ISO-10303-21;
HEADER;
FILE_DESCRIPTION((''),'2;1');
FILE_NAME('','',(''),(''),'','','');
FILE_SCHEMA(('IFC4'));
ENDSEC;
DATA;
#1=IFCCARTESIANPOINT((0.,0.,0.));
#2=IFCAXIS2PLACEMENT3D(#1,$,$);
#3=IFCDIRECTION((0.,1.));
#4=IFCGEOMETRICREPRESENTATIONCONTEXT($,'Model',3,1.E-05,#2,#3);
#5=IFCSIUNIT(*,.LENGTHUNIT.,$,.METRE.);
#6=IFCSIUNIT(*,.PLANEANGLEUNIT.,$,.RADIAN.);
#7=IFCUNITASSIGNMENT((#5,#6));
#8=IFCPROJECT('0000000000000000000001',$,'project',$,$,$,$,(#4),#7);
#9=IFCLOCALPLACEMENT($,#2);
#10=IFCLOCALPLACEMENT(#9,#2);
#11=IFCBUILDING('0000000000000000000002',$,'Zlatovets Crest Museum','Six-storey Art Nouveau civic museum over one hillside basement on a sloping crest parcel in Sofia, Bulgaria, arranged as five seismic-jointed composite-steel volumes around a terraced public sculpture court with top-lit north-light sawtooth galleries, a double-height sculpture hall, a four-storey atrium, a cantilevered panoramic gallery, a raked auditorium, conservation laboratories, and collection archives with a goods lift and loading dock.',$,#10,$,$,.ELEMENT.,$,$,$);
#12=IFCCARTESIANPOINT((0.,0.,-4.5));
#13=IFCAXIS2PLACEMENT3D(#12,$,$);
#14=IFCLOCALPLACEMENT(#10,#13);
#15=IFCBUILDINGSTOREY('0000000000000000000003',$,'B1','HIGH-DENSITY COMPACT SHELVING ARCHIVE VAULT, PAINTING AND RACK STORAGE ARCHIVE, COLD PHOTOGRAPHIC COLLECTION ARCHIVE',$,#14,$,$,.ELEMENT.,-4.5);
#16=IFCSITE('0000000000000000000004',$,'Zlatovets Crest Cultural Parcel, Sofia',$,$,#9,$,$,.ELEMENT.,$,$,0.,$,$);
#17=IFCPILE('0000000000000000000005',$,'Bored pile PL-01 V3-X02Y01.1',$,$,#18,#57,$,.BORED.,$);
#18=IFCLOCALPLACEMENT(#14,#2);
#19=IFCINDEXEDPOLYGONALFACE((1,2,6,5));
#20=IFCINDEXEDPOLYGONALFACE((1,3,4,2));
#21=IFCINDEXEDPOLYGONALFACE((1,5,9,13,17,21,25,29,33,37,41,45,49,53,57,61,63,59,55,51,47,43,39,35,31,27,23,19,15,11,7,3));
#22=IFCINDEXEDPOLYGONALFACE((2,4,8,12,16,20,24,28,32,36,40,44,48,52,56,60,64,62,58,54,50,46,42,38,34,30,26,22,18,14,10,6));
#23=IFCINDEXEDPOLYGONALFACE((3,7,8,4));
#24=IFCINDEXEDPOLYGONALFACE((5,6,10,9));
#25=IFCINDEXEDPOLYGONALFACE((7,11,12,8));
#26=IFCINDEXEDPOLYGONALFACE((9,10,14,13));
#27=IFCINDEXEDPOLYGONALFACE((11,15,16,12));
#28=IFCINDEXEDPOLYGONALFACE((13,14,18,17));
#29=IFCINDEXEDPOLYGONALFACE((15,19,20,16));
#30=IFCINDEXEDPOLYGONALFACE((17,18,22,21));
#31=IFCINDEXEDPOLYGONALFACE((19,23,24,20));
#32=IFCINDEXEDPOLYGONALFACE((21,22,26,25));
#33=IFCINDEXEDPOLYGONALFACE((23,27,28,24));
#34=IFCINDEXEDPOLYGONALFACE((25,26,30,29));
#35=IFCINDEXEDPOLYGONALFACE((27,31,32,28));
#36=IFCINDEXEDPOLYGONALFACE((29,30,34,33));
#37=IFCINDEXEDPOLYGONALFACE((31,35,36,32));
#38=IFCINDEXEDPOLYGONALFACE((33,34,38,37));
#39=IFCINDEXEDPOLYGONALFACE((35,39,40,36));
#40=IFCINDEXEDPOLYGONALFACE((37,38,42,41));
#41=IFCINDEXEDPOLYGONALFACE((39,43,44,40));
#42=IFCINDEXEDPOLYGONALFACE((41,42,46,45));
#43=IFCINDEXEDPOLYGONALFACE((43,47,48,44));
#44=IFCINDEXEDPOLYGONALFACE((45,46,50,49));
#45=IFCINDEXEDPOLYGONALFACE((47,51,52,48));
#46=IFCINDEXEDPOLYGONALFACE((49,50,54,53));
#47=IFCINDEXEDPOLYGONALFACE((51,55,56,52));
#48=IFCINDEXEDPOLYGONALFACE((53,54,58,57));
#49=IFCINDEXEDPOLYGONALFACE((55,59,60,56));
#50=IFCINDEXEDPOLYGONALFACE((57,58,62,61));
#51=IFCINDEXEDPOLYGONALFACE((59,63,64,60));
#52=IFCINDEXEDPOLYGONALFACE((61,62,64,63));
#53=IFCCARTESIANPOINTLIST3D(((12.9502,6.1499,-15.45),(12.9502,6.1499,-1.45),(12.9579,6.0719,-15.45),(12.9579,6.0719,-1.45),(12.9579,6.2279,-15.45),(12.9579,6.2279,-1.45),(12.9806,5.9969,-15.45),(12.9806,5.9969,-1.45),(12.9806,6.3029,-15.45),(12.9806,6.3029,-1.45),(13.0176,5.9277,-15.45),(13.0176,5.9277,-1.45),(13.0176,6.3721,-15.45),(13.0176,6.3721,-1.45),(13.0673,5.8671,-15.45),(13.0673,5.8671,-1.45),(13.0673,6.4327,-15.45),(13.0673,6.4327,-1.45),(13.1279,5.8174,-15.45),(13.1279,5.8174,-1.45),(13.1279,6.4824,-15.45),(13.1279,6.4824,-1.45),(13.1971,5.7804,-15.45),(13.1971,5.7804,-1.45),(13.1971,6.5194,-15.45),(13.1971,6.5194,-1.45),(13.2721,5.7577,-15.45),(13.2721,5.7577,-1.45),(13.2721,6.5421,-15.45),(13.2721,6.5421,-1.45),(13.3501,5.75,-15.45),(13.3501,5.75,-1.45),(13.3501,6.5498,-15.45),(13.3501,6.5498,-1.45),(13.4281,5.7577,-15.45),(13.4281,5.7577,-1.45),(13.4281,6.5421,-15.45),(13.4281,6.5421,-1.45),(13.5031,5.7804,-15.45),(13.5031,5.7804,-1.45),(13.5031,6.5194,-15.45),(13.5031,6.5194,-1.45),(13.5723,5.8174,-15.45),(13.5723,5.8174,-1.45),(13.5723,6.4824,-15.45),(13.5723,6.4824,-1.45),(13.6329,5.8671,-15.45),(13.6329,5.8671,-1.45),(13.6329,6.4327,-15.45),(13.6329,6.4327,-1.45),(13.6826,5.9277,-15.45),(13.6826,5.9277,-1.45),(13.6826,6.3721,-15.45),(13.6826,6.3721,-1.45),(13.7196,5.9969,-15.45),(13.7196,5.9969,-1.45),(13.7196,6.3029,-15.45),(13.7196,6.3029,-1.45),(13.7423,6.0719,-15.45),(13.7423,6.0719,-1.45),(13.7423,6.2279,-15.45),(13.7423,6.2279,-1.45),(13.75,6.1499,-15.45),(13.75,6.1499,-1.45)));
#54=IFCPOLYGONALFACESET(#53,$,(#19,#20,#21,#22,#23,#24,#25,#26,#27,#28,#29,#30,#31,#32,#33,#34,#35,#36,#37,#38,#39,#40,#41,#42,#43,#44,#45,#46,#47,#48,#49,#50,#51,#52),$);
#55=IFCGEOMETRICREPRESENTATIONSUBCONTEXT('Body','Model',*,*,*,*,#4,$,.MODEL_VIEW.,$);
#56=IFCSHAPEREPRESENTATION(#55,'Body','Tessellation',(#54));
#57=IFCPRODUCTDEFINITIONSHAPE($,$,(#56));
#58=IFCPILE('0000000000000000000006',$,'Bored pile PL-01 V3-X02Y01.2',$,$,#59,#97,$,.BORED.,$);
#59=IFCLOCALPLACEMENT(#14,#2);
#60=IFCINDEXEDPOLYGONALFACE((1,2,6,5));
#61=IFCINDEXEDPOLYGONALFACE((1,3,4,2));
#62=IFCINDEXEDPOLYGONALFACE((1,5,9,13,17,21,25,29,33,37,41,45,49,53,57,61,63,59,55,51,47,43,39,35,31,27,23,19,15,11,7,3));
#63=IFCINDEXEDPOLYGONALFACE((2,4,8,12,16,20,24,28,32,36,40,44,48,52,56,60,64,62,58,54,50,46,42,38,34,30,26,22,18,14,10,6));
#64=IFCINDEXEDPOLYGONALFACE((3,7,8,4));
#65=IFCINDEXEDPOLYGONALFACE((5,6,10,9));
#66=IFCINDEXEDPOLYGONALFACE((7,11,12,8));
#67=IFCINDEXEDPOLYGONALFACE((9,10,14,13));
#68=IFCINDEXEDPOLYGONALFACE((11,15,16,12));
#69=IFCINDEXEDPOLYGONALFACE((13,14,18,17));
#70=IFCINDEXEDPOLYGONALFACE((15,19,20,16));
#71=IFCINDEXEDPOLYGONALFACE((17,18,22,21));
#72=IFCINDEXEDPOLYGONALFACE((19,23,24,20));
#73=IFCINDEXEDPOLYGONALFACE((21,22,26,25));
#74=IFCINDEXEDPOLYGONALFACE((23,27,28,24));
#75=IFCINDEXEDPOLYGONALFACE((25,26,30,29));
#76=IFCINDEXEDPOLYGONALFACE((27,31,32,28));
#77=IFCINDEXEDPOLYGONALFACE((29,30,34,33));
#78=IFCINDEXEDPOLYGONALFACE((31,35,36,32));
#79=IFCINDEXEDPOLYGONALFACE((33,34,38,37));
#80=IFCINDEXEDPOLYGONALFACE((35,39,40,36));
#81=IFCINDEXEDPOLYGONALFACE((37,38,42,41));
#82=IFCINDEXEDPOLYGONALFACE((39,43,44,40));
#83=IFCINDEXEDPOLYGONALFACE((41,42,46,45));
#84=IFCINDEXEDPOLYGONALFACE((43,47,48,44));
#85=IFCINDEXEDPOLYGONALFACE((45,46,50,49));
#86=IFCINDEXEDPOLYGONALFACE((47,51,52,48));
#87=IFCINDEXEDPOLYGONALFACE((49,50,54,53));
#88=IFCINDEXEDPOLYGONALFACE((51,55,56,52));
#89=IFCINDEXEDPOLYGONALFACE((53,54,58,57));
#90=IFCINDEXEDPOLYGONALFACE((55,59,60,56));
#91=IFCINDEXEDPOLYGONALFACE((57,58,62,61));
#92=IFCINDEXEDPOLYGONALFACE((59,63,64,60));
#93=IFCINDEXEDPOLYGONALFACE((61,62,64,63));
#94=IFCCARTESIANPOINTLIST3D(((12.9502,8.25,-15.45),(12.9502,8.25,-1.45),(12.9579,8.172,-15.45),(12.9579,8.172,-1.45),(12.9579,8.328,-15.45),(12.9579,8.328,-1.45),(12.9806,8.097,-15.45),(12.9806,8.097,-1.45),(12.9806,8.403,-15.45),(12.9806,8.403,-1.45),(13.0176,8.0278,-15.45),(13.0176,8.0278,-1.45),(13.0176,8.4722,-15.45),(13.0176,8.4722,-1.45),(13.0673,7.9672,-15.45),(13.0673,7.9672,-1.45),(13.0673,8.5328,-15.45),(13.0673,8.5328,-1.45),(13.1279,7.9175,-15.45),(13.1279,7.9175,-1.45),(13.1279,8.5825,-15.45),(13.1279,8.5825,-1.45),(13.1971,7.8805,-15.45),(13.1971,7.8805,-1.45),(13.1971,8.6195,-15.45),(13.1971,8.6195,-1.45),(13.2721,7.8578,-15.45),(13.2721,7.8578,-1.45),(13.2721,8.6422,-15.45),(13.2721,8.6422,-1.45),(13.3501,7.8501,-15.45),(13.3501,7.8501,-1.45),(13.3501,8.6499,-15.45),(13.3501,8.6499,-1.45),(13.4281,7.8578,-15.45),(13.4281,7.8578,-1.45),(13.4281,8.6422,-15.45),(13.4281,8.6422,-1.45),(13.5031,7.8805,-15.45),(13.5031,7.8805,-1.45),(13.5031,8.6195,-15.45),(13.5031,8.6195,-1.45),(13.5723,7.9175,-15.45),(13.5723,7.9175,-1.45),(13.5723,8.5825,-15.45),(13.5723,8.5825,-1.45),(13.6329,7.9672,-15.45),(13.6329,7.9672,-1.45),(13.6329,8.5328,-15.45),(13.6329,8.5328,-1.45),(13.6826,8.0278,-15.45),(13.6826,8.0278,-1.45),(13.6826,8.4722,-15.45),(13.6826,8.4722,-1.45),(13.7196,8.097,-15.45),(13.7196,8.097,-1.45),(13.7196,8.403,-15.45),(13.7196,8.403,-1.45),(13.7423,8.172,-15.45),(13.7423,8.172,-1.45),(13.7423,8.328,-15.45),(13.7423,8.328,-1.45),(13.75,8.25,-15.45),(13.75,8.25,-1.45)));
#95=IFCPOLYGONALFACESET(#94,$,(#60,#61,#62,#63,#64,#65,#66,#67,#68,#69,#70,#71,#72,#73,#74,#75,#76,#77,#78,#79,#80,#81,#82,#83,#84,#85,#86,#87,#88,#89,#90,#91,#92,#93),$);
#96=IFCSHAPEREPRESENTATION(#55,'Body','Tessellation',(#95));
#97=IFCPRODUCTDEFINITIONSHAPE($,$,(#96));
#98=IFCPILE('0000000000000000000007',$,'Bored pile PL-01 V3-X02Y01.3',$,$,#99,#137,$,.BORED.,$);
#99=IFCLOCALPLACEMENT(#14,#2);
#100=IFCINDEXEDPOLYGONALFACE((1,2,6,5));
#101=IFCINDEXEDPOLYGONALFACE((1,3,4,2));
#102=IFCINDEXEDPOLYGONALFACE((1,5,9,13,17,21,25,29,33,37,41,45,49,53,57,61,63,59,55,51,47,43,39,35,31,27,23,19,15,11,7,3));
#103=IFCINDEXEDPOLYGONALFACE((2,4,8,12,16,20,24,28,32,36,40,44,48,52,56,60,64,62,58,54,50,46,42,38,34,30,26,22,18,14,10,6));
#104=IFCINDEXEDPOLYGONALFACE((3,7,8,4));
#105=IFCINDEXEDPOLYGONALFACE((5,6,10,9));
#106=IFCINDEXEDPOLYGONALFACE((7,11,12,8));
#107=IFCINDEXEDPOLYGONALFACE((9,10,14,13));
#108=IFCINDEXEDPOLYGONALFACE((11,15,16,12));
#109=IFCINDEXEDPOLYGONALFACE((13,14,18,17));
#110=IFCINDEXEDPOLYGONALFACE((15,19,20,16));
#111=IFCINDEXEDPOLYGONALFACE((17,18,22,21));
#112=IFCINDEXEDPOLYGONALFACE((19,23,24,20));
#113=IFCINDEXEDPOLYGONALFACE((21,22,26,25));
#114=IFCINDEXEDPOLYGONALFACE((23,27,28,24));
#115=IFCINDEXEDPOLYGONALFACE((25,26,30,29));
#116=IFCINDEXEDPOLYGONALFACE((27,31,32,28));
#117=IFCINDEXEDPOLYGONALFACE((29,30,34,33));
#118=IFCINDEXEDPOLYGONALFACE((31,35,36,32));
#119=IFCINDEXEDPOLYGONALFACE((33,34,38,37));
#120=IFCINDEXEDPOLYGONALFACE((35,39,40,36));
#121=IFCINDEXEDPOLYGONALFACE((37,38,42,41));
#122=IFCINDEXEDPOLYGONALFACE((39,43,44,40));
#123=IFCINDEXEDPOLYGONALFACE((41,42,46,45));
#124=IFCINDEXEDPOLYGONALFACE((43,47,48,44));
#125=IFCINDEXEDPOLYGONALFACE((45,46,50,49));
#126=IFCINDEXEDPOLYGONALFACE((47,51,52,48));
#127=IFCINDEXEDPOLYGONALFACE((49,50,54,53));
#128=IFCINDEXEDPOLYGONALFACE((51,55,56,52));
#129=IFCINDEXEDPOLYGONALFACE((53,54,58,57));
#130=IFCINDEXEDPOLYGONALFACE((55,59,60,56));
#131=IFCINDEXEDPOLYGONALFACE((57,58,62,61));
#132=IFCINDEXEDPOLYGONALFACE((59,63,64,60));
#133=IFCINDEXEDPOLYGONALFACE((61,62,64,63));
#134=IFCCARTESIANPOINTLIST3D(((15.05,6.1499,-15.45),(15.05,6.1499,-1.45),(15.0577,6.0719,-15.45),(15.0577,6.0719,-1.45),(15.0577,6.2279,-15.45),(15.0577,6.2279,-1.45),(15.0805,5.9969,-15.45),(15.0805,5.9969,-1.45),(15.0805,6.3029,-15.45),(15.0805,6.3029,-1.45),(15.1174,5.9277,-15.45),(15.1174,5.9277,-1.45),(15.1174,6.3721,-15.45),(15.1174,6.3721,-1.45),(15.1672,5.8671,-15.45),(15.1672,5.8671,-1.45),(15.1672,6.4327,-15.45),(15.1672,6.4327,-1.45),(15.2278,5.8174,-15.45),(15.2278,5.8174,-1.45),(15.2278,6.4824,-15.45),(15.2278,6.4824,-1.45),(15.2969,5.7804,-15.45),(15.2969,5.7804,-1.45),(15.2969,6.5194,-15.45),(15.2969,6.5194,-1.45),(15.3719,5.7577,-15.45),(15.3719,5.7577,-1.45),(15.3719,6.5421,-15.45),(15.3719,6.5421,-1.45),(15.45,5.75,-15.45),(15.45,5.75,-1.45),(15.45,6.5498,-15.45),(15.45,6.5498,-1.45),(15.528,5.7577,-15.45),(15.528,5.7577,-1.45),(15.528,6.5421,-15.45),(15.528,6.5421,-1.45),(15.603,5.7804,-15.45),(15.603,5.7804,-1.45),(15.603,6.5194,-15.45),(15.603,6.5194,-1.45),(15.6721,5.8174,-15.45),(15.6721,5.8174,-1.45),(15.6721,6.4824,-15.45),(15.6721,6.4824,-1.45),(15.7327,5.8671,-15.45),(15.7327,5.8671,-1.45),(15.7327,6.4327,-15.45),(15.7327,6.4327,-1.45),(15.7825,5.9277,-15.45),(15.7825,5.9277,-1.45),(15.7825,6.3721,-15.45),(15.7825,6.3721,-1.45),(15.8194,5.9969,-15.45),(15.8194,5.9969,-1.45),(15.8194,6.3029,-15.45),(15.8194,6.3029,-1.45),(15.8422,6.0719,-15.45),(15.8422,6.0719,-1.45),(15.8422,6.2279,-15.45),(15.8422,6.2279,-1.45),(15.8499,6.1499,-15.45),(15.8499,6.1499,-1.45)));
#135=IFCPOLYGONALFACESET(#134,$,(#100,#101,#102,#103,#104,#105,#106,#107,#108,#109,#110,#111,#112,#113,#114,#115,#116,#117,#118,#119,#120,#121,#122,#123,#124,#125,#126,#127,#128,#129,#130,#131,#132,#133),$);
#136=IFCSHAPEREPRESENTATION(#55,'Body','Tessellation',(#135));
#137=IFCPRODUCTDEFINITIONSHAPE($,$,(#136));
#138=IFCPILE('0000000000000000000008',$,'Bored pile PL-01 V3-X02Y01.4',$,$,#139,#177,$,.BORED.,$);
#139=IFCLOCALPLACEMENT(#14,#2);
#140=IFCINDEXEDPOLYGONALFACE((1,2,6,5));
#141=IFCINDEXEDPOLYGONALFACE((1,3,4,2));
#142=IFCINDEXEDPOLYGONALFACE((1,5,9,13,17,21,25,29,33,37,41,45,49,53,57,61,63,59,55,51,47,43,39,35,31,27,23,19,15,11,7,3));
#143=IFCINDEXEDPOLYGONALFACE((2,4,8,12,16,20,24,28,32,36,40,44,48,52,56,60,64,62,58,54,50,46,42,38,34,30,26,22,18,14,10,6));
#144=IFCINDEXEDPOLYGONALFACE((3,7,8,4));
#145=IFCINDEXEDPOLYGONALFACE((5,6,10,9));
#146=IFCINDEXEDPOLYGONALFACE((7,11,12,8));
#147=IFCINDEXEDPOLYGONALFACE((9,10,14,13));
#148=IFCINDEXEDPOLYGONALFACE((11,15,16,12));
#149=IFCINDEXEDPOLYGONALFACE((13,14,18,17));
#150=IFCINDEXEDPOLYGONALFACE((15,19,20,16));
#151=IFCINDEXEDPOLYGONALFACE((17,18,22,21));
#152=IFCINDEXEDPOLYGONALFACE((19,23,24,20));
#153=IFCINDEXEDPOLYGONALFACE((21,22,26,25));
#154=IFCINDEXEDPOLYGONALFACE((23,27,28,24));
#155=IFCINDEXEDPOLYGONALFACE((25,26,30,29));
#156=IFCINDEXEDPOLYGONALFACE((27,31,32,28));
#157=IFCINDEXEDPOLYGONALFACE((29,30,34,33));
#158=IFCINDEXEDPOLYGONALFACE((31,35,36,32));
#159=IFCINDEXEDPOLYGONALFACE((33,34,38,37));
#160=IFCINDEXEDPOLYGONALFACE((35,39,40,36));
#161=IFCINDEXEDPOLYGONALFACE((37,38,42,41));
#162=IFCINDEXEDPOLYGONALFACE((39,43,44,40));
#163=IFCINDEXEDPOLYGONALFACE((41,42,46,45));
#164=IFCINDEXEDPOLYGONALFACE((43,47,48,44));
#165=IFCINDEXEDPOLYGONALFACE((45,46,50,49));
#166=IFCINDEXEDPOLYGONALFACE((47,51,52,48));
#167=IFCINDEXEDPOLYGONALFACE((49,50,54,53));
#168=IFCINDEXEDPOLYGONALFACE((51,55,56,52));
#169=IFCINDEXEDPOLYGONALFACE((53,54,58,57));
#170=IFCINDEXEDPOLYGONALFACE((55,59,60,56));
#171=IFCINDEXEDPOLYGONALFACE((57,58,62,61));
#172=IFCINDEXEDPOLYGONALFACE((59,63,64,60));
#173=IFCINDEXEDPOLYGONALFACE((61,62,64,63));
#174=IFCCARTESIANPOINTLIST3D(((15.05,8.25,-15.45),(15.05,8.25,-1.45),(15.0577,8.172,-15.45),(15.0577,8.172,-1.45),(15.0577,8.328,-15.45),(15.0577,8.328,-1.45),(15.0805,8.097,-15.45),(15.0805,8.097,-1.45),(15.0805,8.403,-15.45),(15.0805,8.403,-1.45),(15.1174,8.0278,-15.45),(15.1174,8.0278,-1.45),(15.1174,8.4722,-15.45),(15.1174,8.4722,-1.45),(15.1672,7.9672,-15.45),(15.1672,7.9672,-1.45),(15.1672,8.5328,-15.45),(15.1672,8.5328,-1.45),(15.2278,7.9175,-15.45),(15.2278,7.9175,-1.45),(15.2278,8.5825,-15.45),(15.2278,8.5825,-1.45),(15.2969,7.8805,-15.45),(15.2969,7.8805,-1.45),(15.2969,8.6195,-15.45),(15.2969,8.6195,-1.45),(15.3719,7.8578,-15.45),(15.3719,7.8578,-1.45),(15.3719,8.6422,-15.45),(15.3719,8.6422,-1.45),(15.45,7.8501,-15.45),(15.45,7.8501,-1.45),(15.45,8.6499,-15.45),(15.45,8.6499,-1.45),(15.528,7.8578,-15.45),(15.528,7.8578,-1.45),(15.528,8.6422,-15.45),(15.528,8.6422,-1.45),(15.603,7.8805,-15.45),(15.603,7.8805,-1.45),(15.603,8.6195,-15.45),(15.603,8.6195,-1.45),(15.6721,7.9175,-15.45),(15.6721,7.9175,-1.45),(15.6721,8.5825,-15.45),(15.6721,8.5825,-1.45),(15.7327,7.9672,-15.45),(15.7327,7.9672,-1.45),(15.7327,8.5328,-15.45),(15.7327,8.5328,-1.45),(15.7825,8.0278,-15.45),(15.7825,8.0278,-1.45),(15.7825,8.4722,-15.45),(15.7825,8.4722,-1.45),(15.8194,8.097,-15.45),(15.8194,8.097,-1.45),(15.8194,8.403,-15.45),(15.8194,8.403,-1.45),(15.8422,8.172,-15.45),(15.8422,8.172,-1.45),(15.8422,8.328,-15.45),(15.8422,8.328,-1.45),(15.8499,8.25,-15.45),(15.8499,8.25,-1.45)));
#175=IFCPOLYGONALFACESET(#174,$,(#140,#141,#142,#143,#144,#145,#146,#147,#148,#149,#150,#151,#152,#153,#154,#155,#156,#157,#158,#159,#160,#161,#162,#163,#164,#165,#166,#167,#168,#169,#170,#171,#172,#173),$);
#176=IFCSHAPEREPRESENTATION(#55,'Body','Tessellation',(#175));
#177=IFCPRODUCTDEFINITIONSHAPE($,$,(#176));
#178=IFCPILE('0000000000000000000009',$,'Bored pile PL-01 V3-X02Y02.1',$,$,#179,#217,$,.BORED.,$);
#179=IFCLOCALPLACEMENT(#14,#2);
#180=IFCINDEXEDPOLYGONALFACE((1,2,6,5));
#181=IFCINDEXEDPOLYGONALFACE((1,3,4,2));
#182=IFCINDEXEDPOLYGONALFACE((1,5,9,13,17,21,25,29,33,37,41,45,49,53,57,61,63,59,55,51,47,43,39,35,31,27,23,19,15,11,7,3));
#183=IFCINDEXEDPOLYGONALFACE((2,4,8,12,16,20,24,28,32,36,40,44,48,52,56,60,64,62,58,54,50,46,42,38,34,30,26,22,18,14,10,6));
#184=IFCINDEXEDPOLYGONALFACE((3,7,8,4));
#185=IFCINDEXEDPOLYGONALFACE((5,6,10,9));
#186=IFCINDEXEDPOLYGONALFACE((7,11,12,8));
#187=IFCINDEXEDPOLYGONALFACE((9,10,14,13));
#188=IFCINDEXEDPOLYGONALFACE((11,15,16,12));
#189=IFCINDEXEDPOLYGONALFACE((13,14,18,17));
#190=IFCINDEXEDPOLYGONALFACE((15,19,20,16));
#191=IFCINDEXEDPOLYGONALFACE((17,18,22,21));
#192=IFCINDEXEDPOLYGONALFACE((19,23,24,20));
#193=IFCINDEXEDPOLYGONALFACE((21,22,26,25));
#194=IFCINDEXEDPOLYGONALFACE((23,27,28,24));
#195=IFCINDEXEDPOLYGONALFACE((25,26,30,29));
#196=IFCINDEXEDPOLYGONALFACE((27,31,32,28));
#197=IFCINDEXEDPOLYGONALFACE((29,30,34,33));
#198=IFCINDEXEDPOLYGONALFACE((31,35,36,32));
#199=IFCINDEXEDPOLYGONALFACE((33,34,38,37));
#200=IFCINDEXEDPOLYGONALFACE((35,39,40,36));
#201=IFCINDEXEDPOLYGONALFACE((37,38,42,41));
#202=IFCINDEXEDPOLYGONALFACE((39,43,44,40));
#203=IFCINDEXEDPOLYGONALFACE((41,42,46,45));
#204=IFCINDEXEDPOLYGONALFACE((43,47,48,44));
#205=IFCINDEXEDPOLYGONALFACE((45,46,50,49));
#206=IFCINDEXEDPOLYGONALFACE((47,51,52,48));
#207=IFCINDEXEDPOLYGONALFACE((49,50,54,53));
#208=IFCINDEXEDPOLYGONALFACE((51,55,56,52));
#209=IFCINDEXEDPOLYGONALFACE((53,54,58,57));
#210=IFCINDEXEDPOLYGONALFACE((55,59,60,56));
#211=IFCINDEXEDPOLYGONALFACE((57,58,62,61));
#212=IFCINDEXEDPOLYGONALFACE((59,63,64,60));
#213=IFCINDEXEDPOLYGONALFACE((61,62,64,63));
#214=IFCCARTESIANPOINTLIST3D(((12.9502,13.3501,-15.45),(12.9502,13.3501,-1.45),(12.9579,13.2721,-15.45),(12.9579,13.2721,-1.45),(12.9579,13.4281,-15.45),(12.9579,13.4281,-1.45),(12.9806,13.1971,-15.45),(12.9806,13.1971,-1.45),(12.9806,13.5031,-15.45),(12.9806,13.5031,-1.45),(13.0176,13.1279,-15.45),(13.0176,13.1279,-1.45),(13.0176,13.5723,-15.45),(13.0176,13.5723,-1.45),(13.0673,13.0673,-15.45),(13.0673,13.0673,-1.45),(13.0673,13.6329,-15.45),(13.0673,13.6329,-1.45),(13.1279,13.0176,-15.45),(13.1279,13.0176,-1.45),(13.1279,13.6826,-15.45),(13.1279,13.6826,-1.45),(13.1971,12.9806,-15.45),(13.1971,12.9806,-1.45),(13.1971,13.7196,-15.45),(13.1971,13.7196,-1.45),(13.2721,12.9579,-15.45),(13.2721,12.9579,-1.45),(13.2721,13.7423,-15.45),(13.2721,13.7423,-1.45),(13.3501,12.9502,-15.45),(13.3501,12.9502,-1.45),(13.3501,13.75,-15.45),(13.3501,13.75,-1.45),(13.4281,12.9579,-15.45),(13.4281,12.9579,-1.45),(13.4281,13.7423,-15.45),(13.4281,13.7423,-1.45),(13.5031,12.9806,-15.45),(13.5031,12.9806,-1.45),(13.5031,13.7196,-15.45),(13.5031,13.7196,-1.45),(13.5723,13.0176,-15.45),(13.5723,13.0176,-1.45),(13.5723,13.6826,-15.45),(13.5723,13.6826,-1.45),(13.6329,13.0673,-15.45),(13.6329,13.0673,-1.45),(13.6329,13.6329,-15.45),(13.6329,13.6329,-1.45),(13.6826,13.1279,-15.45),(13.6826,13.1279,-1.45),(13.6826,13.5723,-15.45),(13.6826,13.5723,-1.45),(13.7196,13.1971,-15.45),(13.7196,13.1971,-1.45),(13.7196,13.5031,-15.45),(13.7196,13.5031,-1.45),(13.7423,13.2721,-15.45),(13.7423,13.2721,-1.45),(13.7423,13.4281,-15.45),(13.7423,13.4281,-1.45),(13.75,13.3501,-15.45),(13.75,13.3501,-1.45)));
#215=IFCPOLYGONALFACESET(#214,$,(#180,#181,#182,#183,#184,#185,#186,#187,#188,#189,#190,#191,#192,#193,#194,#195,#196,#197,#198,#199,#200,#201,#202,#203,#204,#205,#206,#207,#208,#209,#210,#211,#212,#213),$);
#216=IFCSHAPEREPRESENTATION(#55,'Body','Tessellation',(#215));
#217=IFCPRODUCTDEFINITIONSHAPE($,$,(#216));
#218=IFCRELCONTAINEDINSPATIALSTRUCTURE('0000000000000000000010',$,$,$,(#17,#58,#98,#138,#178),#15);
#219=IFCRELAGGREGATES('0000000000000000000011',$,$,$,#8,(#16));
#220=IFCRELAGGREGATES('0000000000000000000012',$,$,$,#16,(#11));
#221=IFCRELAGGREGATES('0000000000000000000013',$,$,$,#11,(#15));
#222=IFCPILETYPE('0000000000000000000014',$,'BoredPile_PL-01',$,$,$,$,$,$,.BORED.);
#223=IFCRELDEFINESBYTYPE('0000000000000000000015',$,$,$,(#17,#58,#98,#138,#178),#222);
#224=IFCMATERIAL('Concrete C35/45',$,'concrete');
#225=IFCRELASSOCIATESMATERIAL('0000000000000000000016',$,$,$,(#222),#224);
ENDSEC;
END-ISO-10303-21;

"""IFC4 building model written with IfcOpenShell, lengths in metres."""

from ifc_helpers import new_model, si_unit, direction, frame, origin, origin_2d, place, context, subcontext, project, spatial, circle, extrude, material, material_profile, profile_set, type_object, element, save


model = new_model("IFC4")

# Units and contexts
model_context = context("Model", 3, precision=1e-05, world=origin(), true_north=direction((0.0, 1.0)))
body_context = subcontext(model_context, "Body", "Model", "MODEL_VIEW")
ifc_project = project(units=[si_unit("LENGTHUNIT", "METRE"), si_unit("PLANEANGLEUNIT", "RADIAN")], contexts=[model_context])

# Site, building, storey
site_placement = place(None, origin())
site = spatial("IfcSite", under=ifc_project, at=site_placement, Name="Zlatovets Crest Cultural Parcel, Sofia", CompositionType="ELEMENT", RefElevation=0.0)
building_placement = place(site_placement, origin())
building = spatial("IfcBuilding", under=site, at=building_placement, Name="Zlatovets Crest Museum", Description="Six-storey Art Nouveau civic museum over one hillside basement on a sloping crest parcel in Sofia, Bulgaria, arranged as five seismic-jointed composite-steel volumes around a terraced public sculpture court with top-lit north-light sawtooth galleries, a double-height sculpture hall, a four-storey atrium, a cantilevered panoramic gallery, a raked auditorium, conservation laboratories, and collection archives with a goods lift and loading dock.", CompositionType="ELEMENT")
storey_placement = place(building_placement, frame((0.0, 0.0, -4.5)))
storey = spatial("IfcBuildingStorey", under=building, at=storey_placement, Name="B1", Description="HIGH-DENSITY COMPACT SHELVING ARCHIVE VAULT, PAINTING AND RACK STORAGE ARCHIVE, COLD PHOTOGRAPHIC COLLECTION ARCHIVE", CompositionType="ELEMENT", Elevation=-4.5)

# Piles
ifc_material_1 = material(Name="Concrete C35/45", Category="concrete")
ifc_material_profile_1 = material_profile(ifc_material_1, circle(Radius=0.3999, at=origin_2d()), Name="PILE D800")
ifc_profile_set_1 = profile_set([ifc_material_profile_1], Name="Concrete C35/45")
pile_type = type_object("IfcPileType", Name="BoredPile_PL-01", PredefinedType="BORED", material=ifc_profile_set_1)
for number, where, z_axis, x_axis, name in (
    (1, (13.3501, 6.1499, -1.45), (0.0, 0.0, -1.0), (1.0, 0.0, 0.0), "Bored pile PL-01 V3-X02Y01.1"),
    (2, (13.3501, 8.25, -1.45), (0.0, 0.0, -1.0), (1.0, 0.0, 0.0), "Bored pile PL-01 V3-X02Y01.2"),
    (3, (15.45, 6.1499, -1.45), (0.0, 0.0, -1.0), (1.0, 0.0, 0.0), "Bored pile PL-01 V3-X02Y01.3"),
    (4, (15.45, 8.25, -1.45), (0.0, 0.0, -1.0), (1.0, 0.0, 0.0), "Bored pile PL-01 V3-X02Y01.4"),
    (5, (13.3501, 13.3501, -1.45), (0.0, 0.0, -1.0), (1.0, 0.0, 0.0), "Bored pile PL-01 V3-X02Y02.1"),
):
    element("IfcPile", number, at=place(storey_placement, frame(where, z_axis=z_axis, x_axis=x_axis)), inside=storey, type_object=pile_type, Name=name, PredefinedType="BORED", context=body_context, shape_type="SweptSolid", body=[
        extrude(circle(Radius=0.3999, at=origin_2d()), origin(), (0.0, 0.0, 1.0), 14.0),
    ])

save(model, "model.ifc")
